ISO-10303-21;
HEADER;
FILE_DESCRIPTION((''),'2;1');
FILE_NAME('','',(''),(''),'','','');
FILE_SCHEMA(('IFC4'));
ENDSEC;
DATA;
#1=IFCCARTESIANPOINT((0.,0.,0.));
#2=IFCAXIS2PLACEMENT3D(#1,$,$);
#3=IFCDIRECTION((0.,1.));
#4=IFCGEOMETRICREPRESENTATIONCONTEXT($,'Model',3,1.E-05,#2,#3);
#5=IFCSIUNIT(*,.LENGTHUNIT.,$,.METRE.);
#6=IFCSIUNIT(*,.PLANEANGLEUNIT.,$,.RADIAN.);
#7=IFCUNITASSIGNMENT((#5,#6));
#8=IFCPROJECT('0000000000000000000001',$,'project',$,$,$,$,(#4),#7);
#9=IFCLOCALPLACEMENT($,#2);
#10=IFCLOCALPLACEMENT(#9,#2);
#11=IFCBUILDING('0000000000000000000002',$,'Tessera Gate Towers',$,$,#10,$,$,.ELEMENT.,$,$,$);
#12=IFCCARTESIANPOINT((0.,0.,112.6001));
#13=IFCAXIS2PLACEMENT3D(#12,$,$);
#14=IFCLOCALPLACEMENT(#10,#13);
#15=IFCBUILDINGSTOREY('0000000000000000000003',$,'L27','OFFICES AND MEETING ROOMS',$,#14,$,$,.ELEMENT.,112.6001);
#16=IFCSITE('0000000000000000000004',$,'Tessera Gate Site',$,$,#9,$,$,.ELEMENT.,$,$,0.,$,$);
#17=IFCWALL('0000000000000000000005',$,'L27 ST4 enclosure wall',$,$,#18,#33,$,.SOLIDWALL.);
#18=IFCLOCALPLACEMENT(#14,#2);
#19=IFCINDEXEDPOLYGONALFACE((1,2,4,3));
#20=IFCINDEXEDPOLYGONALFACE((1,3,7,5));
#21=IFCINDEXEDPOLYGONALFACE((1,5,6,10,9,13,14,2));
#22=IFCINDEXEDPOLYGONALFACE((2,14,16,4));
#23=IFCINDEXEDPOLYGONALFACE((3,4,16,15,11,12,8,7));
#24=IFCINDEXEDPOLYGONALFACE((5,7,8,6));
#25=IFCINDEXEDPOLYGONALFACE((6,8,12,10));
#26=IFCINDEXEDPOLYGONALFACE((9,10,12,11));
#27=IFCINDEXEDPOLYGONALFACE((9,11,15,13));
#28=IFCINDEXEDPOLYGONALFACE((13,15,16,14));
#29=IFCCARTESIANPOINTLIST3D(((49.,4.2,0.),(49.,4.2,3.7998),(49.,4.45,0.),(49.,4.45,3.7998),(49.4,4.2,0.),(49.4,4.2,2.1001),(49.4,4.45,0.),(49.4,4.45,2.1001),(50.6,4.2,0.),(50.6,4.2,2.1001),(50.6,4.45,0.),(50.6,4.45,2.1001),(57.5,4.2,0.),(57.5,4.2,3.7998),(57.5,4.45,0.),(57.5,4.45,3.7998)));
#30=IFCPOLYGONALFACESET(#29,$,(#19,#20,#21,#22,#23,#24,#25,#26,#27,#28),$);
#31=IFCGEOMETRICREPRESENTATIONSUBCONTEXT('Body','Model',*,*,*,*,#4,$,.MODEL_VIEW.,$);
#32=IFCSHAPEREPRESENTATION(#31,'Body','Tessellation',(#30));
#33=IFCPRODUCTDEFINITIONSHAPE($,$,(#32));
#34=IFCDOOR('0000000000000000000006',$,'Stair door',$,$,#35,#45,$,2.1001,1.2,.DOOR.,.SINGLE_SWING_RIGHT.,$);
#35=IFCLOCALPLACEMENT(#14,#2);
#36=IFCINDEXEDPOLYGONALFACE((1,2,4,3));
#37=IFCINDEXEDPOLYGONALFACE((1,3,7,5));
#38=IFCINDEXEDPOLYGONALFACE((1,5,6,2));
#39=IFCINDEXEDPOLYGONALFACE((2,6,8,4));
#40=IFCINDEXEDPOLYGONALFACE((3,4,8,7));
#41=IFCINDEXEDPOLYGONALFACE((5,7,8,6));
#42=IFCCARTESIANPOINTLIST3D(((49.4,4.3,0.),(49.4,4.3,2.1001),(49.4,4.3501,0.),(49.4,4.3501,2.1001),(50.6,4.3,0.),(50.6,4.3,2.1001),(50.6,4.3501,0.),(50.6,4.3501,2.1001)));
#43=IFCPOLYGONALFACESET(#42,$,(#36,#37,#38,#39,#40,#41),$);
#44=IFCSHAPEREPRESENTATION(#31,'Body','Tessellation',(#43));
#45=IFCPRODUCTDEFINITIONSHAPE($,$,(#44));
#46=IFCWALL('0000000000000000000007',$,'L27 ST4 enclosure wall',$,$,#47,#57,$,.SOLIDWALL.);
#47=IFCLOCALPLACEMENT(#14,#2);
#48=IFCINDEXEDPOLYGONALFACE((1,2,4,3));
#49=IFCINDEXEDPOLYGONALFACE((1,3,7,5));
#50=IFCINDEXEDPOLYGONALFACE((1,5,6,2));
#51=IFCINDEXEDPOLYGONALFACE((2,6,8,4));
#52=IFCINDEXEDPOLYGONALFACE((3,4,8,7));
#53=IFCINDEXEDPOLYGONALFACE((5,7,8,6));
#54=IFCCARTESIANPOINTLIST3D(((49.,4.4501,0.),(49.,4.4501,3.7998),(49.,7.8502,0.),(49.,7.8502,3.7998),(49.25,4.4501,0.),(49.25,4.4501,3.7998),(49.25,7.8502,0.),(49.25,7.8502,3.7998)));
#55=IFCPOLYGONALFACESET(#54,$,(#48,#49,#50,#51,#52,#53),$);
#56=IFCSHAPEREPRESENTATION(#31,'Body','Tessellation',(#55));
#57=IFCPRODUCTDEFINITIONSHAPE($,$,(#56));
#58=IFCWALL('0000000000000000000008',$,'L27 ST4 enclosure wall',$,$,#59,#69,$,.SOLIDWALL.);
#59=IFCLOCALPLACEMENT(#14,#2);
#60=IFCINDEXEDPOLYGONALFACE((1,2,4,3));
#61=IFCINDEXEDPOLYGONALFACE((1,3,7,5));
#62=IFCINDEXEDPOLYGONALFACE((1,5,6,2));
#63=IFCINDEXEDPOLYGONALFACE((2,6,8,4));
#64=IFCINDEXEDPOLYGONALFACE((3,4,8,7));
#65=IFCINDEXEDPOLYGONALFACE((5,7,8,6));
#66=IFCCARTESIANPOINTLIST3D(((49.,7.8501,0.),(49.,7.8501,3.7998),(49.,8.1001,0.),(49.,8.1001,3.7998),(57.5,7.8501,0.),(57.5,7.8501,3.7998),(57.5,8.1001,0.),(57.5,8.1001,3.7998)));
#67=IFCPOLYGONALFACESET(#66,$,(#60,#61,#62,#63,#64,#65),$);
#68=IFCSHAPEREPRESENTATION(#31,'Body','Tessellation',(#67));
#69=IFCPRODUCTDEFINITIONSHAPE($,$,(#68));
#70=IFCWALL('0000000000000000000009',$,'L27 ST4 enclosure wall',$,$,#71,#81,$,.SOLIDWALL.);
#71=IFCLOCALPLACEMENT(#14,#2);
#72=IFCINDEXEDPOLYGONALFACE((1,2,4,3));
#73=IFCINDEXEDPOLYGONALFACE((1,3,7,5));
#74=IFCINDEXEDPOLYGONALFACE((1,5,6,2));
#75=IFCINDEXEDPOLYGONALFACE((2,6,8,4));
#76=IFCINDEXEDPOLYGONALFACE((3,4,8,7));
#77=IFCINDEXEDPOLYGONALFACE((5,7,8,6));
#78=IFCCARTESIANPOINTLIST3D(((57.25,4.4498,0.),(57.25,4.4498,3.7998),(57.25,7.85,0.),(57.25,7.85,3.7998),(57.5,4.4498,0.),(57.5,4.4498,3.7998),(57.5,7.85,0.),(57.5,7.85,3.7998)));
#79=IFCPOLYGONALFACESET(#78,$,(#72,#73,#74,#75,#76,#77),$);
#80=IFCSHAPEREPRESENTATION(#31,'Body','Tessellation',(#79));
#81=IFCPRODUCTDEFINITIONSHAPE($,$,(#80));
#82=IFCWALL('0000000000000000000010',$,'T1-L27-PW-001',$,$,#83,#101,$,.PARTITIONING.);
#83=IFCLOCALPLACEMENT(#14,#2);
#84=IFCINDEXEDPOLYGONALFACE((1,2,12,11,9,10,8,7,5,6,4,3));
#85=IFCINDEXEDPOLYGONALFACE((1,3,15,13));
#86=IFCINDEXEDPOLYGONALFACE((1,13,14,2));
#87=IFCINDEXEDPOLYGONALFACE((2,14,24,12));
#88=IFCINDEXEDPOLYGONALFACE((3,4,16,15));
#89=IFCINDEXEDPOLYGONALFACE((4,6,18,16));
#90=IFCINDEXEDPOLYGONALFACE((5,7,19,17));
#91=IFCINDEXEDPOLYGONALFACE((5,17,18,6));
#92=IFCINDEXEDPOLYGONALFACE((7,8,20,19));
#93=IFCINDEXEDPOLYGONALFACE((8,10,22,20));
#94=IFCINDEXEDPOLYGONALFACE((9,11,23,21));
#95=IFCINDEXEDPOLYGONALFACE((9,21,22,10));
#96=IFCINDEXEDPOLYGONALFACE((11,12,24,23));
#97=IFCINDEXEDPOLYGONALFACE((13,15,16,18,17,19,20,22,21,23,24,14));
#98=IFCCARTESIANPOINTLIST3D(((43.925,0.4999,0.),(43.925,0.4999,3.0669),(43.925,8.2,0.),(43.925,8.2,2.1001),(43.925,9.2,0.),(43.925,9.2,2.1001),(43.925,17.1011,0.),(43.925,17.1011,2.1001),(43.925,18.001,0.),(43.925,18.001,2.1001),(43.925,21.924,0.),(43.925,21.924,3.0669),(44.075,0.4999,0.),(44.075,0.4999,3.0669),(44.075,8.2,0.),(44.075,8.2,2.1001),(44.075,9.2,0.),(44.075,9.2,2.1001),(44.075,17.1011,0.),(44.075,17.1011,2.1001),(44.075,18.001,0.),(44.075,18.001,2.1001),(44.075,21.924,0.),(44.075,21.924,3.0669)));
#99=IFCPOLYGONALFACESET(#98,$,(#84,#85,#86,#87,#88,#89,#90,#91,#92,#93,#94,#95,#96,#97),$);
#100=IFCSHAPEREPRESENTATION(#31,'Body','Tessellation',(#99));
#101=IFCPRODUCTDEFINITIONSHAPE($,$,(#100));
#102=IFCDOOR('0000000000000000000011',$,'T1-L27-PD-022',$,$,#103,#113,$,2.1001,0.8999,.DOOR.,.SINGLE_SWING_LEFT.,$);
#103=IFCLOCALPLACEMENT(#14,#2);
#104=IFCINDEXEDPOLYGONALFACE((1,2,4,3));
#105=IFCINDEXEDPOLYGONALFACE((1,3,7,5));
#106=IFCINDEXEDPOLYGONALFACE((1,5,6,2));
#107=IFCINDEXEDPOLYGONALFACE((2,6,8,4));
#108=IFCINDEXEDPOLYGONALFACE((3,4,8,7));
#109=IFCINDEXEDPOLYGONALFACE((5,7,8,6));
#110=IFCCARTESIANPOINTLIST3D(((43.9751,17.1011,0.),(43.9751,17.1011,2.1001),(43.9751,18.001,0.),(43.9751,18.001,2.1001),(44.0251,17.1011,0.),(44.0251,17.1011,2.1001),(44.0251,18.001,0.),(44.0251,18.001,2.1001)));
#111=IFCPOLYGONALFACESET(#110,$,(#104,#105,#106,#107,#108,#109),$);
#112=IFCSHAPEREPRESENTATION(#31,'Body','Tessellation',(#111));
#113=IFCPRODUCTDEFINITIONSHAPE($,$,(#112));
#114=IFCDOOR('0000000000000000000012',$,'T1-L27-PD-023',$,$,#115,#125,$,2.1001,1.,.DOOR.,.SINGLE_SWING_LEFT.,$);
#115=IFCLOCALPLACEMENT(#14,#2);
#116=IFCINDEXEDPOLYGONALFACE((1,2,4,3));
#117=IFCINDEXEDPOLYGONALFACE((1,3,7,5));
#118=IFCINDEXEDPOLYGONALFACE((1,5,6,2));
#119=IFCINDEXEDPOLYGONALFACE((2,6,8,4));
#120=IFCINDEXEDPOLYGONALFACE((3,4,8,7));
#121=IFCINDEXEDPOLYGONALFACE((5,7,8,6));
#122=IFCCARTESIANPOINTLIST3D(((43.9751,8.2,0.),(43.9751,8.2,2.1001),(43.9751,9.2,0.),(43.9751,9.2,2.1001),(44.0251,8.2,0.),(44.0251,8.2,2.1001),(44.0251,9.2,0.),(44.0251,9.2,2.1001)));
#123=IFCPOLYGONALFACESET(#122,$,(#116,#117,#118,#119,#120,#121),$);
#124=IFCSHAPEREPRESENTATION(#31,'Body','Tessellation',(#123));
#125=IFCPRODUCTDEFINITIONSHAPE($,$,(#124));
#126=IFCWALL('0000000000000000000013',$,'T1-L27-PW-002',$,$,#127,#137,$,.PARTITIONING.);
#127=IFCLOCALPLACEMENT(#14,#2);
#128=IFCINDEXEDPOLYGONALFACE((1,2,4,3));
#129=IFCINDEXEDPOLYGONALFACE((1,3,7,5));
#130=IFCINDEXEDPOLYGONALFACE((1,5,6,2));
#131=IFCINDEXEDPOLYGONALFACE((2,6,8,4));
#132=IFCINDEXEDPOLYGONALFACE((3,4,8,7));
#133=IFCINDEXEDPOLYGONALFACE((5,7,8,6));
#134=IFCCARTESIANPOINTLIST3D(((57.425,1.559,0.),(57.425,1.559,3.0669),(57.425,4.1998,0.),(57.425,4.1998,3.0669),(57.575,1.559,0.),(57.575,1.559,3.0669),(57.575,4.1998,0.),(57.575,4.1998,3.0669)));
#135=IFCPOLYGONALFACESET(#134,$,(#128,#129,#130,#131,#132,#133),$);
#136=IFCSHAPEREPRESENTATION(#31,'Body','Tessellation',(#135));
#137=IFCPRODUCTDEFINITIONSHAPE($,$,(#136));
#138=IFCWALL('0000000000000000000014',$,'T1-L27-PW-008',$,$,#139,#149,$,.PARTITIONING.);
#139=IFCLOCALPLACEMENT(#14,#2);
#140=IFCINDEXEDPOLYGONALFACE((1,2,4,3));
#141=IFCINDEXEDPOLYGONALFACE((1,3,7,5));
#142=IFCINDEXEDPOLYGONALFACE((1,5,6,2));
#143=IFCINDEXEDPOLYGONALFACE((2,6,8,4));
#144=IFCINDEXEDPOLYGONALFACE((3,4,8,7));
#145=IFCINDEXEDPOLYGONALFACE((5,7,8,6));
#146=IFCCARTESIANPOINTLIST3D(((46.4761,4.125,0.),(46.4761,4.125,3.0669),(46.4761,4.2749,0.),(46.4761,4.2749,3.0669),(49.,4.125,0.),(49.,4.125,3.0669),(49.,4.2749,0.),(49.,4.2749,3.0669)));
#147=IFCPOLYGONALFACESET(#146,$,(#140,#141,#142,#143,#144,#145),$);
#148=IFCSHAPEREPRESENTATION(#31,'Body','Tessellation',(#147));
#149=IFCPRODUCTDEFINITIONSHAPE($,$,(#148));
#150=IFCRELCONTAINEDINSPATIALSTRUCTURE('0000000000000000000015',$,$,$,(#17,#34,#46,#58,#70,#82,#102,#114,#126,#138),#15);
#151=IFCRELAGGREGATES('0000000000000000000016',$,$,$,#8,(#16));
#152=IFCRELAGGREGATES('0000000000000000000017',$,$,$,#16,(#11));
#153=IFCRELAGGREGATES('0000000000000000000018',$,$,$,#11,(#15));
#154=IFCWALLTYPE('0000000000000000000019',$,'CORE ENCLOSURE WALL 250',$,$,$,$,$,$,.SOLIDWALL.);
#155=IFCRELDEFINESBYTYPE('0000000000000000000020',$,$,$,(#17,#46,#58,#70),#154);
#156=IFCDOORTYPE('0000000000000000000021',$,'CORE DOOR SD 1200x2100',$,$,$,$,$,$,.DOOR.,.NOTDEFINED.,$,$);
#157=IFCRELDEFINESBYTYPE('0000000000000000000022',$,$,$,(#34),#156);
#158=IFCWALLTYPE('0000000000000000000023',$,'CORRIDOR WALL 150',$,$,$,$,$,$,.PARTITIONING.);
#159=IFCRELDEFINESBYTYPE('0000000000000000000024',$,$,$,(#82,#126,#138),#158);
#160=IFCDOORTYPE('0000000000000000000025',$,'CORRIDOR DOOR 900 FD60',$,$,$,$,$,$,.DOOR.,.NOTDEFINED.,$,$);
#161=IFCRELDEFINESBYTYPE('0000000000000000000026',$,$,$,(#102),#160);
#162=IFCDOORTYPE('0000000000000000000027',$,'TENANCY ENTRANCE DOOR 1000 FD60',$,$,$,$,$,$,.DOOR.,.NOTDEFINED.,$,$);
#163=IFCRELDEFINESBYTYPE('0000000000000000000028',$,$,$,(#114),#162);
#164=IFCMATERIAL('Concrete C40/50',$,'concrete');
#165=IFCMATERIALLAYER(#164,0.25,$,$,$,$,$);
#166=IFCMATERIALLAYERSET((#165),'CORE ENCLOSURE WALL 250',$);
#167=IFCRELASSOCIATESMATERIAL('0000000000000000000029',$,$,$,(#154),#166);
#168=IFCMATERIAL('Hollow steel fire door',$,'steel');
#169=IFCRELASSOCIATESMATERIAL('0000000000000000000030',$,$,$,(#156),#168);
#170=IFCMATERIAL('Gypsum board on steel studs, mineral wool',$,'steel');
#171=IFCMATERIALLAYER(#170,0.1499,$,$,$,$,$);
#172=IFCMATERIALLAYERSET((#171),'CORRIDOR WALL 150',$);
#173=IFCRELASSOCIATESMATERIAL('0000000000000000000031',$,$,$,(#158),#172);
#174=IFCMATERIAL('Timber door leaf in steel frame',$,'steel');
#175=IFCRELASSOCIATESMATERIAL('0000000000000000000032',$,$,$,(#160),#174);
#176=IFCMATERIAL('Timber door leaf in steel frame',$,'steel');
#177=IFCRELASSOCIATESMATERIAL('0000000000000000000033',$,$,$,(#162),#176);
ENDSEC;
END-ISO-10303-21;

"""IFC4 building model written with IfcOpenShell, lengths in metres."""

from ifc_helpers import new_model, si_unit, direction, frame, frame_2d, origin, place, context, subcontext, project, spatial, rectangle, extrude, source, transform, mapped, material, layer, layer_set, type_object, element, fill, save


model = new_model("IFC4")

# Units and contexts
model_context = context("Model", 3, precision=1e-05, world=origin(), true_north=direction((0.0, 1.0)))
body_context = subcontext(model_context, "Body", "Model", "MODEL_VIEW")
ifc_project = project(units=[si_unit("LENGTHUNIT", "METRE"), si_unit("PLANEANGLEUNIT", "RADIAN")], contexts=[model_context])

# Site, building, storey
site_placement = place(None, origin())
site = spatial("IfcSite", under=ifc_project, at=site_placement, Name="Tessera Gate Site", CompositionType="ELEMENT", RefElevation=0.0)
building_placement = place(site_placement, origin())
building = spatial("IfcBuilding", under=site, at=building_placement, Name="Tessera Gate Towers", CompositionType="ELEMENT")
storey_placement = place(building_placement, frame((0.0, 0.0, 112.6001)))
storey = spatial("IfcBuildingStorey", under=building, at=storey_placement, Name="L27", Description="OFFICES AND MEETING ROOMS", CompositionType="ELEMENT", Elevation=112.6001)

# Wall, opening, door
ifc_material_1 = material(Name="Concrete C40/50", Category="concrete")
ifc_layer_1 = layer(ifc_material_1, 0.25)
ifc_layer_set_1 = layer_set([ifc_layer_1], Name="CORE ENCLOSURE WALL 250")
wall_type_1 = type_object("IfcWallType", Name="CORE ENCLOSURE WALL 250", PredefinedType="SOLIDWALL", material=ifc_layer_set_1)
wall_1_placement = place(storey_placement, frame((57.5, 4.325, 0.0), z_axis=(0.0, 0.0, 1.0), x_axis=(-1.0, 0.0, 0.0)))
wall_1 = element("IfcWall", 1, at=wall_1_placement, inside=storey, type_object=wall_type_1, Name="L27 ST4 enclosure wall", PredefinedType="SOLIDWALL", context=body_context, shape_type="SweptSolid", body=[
    extrude(rectangle(XDim=8.5, YDim=0.25, at=frame_2d((4.25, 0.0))), origin(), (0.0, 0.0, 1.0), 3.7998),
])
shared_shape_1 = source(origin(), body_context, "Body", "SweptSolid", [
    extrude(rectangle(XDim=1.2, YDim=2.1001, at=frame_2d((0.6001, 1.05))), frame((0.0, 0.135, 0.0), z_axis=(0.0, -1.0, 0.0), x_axis=(1.0, 0.0, 0.0)), (0.0, 0.0, 1.0), 0.27),
])
opening_1_placement = place(wall_1_placement, frame((6.8999, 0.0, 0.0)))
opening_1 = element("IfcOpeningElement", 2, at=opening_1_placement, cuts=wall_1, PredefinedType="OPENING", context=body_context, shape_type="MappedRepresentation", body=[
    mapped(shared_shape_1, transform((0.0, 0.0, 0.0), scale=1.0)),
])
ifc_material_2 = material(Name="Hollow steel fire door", Category="steel")
door_type_1 = type_object("IfcDoorType", Name="CORE DOOR SD 1200x2100", OperationType="NOTDEFINED", PredefinedType="DOOR", material=ifc_material_2)
shared_shape_2 = source(origin(), body_context, "Body", "SweptSolid", [
    extrude(rectangle(XDim=1.2, YDim=2.1001, at=frame_2d((0.6001, 1.05))), frame((0.0, 0.0249, 0.0), z_axis=(0.0, -1.0, 0.0), x_axis=(1.0, 0.0, 0.0)), (0.0, 0.0, 1.0), 0.05),
])
door_1_placement = place(opening_1_placement, origin())
door_1 = element("IfcDoor", 3, at=door_1_placement, inside=storey, type_object=door_type_1, Name="Stair door", OperationType="SINGLE_SWING_RIGHT", OverallHeight=2.1001, OverallWidth=1.2, PredefinedType="DOOR", context=body_context, shape_type="MappedRepresentation", body=[
    mapped(shared_shape_2, transform((0.0, 0.0, 0.0), scale=1.0)),
])
fill(opening_1, door_1)

# Walls
wall_2_placement = place(storey_placement, frame((49.125, 4.45, 0.0), z_axis=(0.0, 0.0, 1.0), x_axis=(0.0, 1.0, 0.0)))
element("IfcWall", 4, at=wall_2_placement, inside=storey, type_object=wall_type_1, Name="L27 ST4 enclosure wall", PredefinedType="SOLIDWALL", context=body_context, shape_type="SweptSolid", body=[
    extrude(rectangle(XDim=3.4001, YDim=0.25, at=frame_2d((1.7002, 0.0))), origin(), (0.0, 0.0, 1.0), 3.7998),
])
wall_3_placement = place(storey_placement, frame((49.0, 7.9751, 0.0), z_axis=(0.0, 0.0, 1.0), x_axis=(1.0, 0.0, 0.0)))
element("IfcWall", 5, at=wall_3_placement, inside=storey, type_object=wall_type_1, Name="L27 ST4 enclosure wall", PredefinedType="SOLIDWALL", context=body_context, shape_type="SweptSolid", body=[
    extrude(rectangle(XDim=8.5, YDim=0.25, at=frame_2d((4.25, 0.0))), origin(), (0.0, 0.0, 1.0), 3.7998),
])
wall_4_placement = place(storey_placement, frame((57.375, 7.8501, 0.0), z_axis=(0.0, 0.0, 1.0), x_axis=(0.0, -1.0, 0.0)))
element("IfcWall", 6, at=wall_4_placement, inside=storey, type_object=wall_type_1, Name="L27 ST4 enclosure wall", PredefinedType="SOLIDWALL", context=body_context, shape_type="SweptSolid", body=[
    extrude(rectangle(XDim=3.4001, YDim=0.25, at=frame_2d((1.7002, 0.0))), origin(), (0.0, 0.0, 1.0), 3.7998),
])

# Wall, openings, doors
ifc_material_3 = material(Name="Gypsum board on steel studs, mineral wool", Category="steel")
ifc_layer_2 = layer(ifc_material_3, 0.1499)
ifc_layer_set_2 = layer_set([ifc_layer_2], Name="CORRIDOR WALL 150")
wall_type_2 = type_object("IfcWallType", Name="CORRIDOR WALL 150", PredefinedType="PARTITIONING", material=ifc_layer_set_2)
wall_5_placement = place(storey_placement, frame((44.0, 0.5, 0.0), z_axis=(0.0, 0.0, 1.0), x_axis=(0.0, 1.0, 0.0)))
wall_5 = element("IfcWall", 7, at=wall_5_placement, inside=storey, type_object=wall_type_2, Name="T1-L27-PW-001", PredefinedType="PARTITIONING", context=body_context, shape_type="SweptSolid", body=[
    extrude(rectangle(XDim=21.4241, YDim=0.1499, at=frame_2d((10.7119, 0.0))), origin(), (0.0, 0.0, 1.0), 3.0669),
])
shared_shape_3 = source(origin(), body_context, "Body", "SweptSolid", [
    extrude(rectangle(XDim=0.8999, YDim=2.1001, at=frame_2d((0.45, 1.05))), frame((0.0, 0.085, 0.0), z_axis=(0.0, -1.0, 0.0), x_axis=(1.0, 0.0, 0.0)), (0.0, 0.0, 1.0), 0.1699),
])
opening_2_placement = place(wall_5_placement, frame((16.6011, 0.0, 0.0)))
opening_2 = element("IfcOpeningElement", 8, at=opening_2_placement, cuts=wall_5, PredefinedType="OPENING", context=body_context, shape_type="MappedRepresentation", body=[
    mapped(shared_shape_3, transform((0.0, 0.0, 0.0), scale=1.0)),
])
shared_shape_4 = source(origin(), body_context, "Body", "SweptSolid", [
    extrude(rectangle(XDim=1.0, YDim=2.1001, at=frame_2d((0.5, 1.05))), frame((0.0, 0.085, 0.0), z_axis=(0.0, -1.0, 0.0), x_axis=(1.0, 0.0, 0.0)), (0.0, 0.0, 1.0), 0.1699),
])
opening_3_placement = place(wall_5_placement, frame((7.7, 0.0, 0.0)))
opening_3 = element("IfcOpeningElement", 9, at=opening_3_placement, cuts=wall_5, PredefinedType="OPENING", context=body_context, shape_type="MappedRepresentation", body=[
    mapped(shared_shape_4, transform((0.0, 0.0, 0.0), scale=1.0)),
])
ifc_material_4 = material(Name="Timber door leaf in steel frame", Category="steel")
door_type_2 = type_object("IfcDoorType", Name="CORRIDOR DOOR 900 FD60", OperationType="NOTDEFINED", PredefinedType="DOOR", material=ifc_material_4)
shared_shape_5 = source(origin(), body_context, "Body", "SweptSolid", [
    extrude(rectangle(XDim=0.8999, YDim=2.1001, at=frame_2d((0.45, 1.05))), frame((0.0, 0.0249, 0.0), z_axis=(0.0, -1.0, 0.0), x_axis=(1.0, 0.0, 0.0)), (0.0, 0.0, 1.0), 0.05),
])
door_2_placement = place(opening_2_placement, origin())
door_2 = element("IfcDoor", 10, at=door_2_placement, inside=storey, type_object=door_type_2, Name="T1-L27-PD-022", OperationType="SINGLE_SWING_LEFT", OverallHeight=2.1001, OverallWidth=0.8999, PredefinedType="DOOR", context=body_context, shape_type="MappedRepresentation", body=[
    mapped(shared_shape_5, transform((0.0, 0.0, 0.0), scale=1.0)),
])
fill(opening_2, door_2)
ifc_material_5 = material(Name="Timber door leaf in steel frame", Category="steel")
door_type_3 = type_object("IfcDoorType", Name="TENANCY ENTRANCE DOOR 1000 FD60", OperationType="NOTDEFINED", PredefinedType="DOOR", material=ifc_material_5)
shared_shape_6 = source(origin(), body_context, "Body", "SweptSolid", [
    extrude(rectangle(XDim=1.0, YDim=2.1001, at=frame_2d((0.5, 1.05))), frame((0.0, 0.0249, 0.0), z_axis=(0.0, -1.0, 0.0), x_axis=(1.0, 0.0, 0.0)), (0.0, 0.0, 1.0), 0.05),
])
door_3_placement = place(opening_3_placement, origin())
door_3 = element("IfcDoor", 11, at=door_3_placement, inside=storey, type_object=door_type_3, Name="T1-L27-PD-023", OperationType="SINGLE_SWING_LEFT", OverallHeight=2.1001, OverallWidth=1.0, PredefinedType="DOOR", context=body_context, shape_type="MappedRepresentation", body=[
    mapped(shared_shape_6, transform((0.0, 0.0, 0.0), scale=1.0)),
])
fill(opening_3, door_3)

# Walls
wall_6_placement = place(storey_placement, frame((57.5, 1.5591, 0.0), z_axis=(0.0, 0.0, 1.0), x_axis=(0.0, 1.0, 0.0)))
element("IfcWall", 12, at=wall_6_placement, inside=storey, type_object=wall_type_2, Name="T1-L27-PW-002", PredefinedType="PARTITIONING", context=body_context, shape_type="SweptSolid", body=[
    extrude(rectangle(XDim=2.6409, YDim=0.1499, at=frame_2d((1.3203, 0.0))), origin(), (0.0, 0.0, 1.0), 3.0669),
])
wall_7_placement = place(storey_placement, frame((46.4761, 4.2, 0.0), z_axis=(0.0, 0.0, 1.0), x_axis=(1.0, 0.0, 0.0)))
element("IfcWall", 13, at=wall_7_placement, inside=storey, type_object=wall_type_2, Name="T1-L27-PW-008", PredefinedType="PARTITIONING", context=body_context, shape_type="SweptSolid", body=[
    extrude(rectangle(XDim=2.5239, YDim=0.1499, at=frame_2d((1.262, 0.0))), origin(), (0.0, 0.0, 1.0), 3.0669),
])

save(model, "model.ifc")
